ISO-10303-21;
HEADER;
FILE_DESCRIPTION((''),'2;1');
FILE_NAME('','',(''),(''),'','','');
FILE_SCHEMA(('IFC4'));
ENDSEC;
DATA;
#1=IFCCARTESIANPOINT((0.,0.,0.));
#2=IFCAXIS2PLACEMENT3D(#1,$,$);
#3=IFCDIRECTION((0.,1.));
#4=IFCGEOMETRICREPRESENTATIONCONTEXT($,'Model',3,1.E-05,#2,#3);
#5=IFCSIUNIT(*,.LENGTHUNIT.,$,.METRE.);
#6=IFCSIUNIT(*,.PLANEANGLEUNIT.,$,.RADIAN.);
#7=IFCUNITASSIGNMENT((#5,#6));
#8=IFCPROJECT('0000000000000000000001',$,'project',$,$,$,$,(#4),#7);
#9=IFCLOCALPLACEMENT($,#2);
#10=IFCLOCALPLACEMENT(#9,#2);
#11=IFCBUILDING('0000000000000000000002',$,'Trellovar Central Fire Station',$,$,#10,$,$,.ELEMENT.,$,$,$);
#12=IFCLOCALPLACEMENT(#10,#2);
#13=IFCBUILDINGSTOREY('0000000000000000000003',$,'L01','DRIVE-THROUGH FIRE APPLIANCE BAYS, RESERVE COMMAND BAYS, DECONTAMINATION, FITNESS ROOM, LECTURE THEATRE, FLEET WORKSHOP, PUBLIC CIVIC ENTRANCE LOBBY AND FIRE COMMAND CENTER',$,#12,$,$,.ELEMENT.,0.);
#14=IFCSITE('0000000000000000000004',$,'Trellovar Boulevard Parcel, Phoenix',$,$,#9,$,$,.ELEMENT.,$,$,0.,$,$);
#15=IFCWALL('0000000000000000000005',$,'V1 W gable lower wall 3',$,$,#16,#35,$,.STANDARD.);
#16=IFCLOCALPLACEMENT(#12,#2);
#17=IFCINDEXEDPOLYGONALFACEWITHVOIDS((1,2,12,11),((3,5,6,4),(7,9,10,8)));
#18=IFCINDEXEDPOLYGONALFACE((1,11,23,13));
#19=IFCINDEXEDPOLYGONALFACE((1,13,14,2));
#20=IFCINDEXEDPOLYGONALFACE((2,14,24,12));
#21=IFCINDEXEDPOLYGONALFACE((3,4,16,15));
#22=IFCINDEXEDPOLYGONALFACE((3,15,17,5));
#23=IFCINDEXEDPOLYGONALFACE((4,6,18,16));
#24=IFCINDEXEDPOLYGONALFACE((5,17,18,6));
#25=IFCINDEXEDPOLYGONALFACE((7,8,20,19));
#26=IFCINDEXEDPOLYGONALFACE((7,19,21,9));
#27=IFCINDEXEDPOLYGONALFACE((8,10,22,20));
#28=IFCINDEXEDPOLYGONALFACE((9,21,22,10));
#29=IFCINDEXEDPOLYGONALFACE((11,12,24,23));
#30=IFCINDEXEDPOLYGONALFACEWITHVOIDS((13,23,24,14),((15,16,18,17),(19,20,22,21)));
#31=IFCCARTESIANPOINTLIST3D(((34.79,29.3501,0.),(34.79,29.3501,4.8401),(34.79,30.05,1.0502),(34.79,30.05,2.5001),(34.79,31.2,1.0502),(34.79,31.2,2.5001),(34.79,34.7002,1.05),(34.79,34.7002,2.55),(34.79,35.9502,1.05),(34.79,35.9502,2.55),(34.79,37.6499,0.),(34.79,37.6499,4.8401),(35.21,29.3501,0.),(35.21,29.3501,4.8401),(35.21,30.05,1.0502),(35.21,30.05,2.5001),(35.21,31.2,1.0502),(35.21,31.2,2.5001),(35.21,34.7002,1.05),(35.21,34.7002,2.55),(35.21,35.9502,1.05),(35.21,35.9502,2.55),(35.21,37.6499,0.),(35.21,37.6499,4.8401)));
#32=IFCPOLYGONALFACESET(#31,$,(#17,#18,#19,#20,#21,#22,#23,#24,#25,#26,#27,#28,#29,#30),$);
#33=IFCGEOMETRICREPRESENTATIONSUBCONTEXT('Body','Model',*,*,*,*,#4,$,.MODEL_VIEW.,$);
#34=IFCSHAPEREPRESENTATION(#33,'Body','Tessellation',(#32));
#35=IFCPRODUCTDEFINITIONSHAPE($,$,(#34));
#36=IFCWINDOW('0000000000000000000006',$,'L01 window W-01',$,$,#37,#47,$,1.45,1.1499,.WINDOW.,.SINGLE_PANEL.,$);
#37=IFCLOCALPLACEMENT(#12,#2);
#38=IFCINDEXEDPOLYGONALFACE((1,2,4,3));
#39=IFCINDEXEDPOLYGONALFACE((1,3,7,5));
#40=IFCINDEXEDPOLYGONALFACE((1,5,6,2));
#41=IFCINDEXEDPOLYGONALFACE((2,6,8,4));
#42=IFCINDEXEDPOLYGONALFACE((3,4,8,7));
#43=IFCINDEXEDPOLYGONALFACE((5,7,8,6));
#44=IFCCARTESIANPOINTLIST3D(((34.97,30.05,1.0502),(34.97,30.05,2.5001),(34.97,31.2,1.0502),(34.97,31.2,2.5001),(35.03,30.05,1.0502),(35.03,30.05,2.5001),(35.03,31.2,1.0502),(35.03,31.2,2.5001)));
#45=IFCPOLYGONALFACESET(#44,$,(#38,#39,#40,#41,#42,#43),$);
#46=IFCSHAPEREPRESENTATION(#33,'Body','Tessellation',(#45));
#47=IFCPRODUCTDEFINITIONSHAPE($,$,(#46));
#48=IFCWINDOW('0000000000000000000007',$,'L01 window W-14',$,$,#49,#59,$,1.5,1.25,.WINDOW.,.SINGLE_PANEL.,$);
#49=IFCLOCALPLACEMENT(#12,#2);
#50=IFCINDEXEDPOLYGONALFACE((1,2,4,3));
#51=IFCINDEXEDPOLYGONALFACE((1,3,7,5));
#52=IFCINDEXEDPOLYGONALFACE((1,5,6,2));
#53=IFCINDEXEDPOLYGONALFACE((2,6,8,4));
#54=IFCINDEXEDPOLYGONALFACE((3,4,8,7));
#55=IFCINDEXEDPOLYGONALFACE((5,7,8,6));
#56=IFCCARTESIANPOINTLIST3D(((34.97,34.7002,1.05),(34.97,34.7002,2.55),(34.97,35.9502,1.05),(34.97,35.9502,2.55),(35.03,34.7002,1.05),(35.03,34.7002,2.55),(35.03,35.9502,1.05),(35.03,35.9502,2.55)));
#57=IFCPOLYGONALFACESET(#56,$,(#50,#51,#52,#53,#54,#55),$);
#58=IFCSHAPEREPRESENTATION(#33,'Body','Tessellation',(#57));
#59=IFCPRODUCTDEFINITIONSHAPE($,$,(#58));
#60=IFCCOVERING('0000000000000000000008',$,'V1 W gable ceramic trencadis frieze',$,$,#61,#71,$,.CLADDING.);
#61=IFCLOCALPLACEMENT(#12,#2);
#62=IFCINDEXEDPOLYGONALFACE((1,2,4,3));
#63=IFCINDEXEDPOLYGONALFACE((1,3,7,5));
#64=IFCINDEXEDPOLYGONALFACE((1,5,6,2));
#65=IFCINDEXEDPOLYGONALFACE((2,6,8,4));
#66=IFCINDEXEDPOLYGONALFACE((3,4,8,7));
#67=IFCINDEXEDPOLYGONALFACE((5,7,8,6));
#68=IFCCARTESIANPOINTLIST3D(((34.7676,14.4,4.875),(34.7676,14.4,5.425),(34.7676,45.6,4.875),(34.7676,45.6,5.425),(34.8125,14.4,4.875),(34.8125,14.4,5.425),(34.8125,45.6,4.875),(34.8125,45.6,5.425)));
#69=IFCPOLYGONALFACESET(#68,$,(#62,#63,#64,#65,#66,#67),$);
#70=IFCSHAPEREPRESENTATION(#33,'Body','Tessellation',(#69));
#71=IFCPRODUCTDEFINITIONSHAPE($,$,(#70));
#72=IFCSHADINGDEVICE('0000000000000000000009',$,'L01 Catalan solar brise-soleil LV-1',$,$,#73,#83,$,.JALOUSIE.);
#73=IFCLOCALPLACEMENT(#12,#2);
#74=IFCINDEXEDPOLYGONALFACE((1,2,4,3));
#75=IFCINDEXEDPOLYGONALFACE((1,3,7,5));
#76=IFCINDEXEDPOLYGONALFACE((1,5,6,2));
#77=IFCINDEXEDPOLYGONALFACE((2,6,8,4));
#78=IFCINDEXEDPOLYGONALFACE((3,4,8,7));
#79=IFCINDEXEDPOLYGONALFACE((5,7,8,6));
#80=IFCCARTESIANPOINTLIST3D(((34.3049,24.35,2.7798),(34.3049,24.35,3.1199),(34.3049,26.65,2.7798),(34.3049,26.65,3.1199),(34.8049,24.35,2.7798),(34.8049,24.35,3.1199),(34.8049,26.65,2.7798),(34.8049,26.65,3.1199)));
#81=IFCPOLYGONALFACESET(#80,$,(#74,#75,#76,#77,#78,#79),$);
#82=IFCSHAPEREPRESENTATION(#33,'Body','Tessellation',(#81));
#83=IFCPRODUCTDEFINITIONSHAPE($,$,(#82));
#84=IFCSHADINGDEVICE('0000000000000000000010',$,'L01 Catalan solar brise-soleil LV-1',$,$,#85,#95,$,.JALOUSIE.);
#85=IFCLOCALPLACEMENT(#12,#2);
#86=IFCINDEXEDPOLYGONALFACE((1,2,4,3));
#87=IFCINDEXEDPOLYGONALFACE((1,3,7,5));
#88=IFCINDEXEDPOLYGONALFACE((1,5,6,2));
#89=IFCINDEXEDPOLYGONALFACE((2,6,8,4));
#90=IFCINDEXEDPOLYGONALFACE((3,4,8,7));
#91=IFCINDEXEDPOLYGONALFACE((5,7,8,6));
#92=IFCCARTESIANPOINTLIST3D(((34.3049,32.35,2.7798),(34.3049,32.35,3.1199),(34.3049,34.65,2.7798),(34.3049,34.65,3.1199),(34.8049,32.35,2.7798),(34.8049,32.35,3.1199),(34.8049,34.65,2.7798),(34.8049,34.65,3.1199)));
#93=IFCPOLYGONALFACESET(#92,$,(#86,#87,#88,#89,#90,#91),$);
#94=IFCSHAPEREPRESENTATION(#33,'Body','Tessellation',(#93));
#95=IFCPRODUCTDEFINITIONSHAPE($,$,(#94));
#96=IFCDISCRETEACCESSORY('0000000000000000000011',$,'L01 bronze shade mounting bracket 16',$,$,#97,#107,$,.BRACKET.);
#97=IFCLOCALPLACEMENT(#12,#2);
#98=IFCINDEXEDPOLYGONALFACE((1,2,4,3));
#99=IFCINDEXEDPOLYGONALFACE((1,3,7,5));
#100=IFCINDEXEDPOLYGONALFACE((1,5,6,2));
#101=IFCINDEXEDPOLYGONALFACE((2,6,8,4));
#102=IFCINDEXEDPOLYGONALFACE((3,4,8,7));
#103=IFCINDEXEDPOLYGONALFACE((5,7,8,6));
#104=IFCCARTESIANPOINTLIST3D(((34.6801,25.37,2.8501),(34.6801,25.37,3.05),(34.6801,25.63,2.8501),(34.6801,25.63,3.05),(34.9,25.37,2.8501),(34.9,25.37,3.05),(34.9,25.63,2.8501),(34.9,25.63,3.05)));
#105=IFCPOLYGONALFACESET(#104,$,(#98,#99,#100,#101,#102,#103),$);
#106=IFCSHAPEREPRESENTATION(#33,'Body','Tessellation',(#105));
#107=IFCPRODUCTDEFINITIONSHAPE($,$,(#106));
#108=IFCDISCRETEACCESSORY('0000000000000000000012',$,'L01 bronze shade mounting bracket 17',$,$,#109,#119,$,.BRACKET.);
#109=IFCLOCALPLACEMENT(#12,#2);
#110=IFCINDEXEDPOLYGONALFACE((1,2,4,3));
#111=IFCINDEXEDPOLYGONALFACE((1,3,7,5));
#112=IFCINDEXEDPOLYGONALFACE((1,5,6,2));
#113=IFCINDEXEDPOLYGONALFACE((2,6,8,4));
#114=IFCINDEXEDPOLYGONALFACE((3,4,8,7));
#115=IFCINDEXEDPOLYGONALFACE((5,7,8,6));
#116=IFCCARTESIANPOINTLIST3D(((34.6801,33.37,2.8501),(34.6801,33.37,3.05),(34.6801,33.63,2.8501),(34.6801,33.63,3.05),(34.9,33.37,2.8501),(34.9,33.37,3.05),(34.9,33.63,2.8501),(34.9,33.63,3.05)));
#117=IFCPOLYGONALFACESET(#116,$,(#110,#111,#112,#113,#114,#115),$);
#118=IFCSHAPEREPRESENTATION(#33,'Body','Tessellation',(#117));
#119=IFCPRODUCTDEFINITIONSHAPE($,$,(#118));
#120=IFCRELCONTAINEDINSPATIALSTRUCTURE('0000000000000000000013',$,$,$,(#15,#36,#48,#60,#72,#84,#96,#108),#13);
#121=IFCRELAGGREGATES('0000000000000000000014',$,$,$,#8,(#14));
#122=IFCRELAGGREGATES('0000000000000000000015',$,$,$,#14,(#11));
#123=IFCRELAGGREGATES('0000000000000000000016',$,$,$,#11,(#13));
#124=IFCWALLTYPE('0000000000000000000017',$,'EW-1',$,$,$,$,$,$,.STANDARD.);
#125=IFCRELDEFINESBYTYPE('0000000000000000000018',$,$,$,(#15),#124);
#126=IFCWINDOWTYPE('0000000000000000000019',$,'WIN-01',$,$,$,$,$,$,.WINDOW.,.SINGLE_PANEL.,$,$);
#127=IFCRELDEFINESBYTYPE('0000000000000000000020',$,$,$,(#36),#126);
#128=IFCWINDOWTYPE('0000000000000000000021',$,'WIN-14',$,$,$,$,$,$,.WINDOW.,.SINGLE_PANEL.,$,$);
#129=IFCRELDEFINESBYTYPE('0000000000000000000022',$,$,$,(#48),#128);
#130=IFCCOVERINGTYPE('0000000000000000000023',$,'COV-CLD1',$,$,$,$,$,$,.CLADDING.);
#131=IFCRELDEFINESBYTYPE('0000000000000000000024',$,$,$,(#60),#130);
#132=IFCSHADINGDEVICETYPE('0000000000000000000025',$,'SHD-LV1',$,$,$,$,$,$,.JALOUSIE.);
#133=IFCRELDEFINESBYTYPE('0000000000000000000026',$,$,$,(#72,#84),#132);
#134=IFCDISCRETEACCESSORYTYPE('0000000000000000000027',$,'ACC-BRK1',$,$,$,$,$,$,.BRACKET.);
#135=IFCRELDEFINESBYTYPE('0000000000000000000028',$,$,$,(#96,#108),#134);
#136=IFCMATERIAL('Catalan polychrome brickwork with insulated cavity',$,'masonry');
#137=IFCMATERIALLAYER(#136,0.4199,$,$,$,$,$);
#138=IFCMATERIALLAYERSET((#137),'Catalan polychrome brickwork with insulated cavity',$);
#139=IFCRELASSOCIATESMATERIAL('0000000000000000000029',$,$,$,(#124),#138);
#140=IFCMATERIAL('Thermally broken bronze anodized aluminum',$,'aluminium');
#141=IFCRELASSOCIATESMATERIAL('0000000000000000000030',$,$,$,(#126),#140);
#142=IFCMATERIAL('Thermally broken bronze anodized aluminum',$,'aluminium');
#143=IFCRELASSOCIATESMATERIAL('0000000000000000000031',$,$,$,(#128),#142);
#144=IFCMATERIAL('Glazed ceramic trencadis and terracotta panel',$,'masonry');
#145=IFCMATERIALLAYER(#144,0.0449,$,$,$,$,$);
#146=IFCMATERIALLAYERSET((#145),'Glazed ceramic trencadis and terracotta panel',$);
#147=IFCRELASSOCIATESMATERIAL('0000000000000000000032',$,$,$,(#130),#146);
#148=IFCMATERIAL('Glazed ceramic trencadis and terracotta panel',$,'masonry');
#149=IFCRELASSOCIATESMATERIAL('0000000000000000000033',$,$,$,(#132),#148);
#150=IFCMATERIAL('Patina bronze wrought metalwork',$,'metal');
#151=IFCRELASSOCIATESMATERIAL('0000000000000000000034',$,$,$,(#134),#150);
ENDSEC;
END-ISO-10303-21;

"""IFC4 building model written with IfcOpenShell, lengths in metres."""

from ifc_helpers import new_model, si_unit, direction, frame, frame_2d, origin, origin_2d, place, context, subcontext, project, spatial, rectangle, extrude, material, layer, layer_set, type_object, element, fill, save


model = new_model("IFC4")

# Units and contexts
model_context = context("Model", 3, precision=1e-05, world=origin(), true_north=direction((0.0, 1.0)))
body_context = subcontext(model_context, "Body", "Model", "MODEL_VIEW")
ifc_project = project(units=[si_unit("LENGTHUNIT", "METRE"), si_unit("PLANEANGLEUNIT", "RADIAN")], contexts=[model_context])

# Site, building, storey
site_placement = place(None, origin())
site = spatial("IfcSite", under=ifc_project, at=site_placement, Name="Trellovar Boulevard Parcel, Phoenix", CompositionType="ELEMENT", RefElevation=0.0)
building_placement = place(site_placement, origin())
building = spatial("IfcBuilding", under=site, at=building_placement, Name="Trellovar Central Fire Station", CompositionType="ELEMENT")
storey_placement = place(building_placement, origin())
storey = spatial("IfcBuildingStorey", under=building, at=storey_placement, Name="L01", Description="DRIVE-THROUGH FIRE APPLIANCE BAYS, RESERVE COMMAND BAYS, DECONTAMINATION, FITNESS ROOM, LECTURE THEATRE, FLEET WORKSHOP, PUBLIC CIVIC ENTRANCE LOBBY AND FIRE COMMAND CENTER", CompositionType="ELEMENT", Elevation=0.0)

# Wall, openings, windows
ifc_material_1 = material(Name="Catalan polychrome brickwork with insulated cavity", Category="masonry")
ifc_layer_1 = layer(ifc_material_1, 0.4199)
ifc_layer_set_1 = layer_set([ifc_layer_1], Name="Catalan polychrome brickwork with insulated cavity")
wall_type = type_object("IfcWallType", Name="EW-1", PredefinedType="STANDARD", material=ifc_layer_set_1)
wall_placement = place(storey_placement, frame((35.0, 29.3501, 0.0), z_axis=(0.0, 0.0, 1.0), x_axis=(0.0, 1.0, 0.0)))
wall = element("IfcWall", 1, at=wall_placement, inside=storey, type_object=wall_type, Name="V1 W gable lower wall 3", PredefinedType="STANDARD", context=body_context, shape_type="SweptSolid", body=[
    extrude(rectangle(XDim=8.2998, YDim=0.4199, at=frame_2d((4.1499, 0.0))), origin(), (0.0, 0.0, 1.0), 4.8401),
])
opening_1_placement = place(wall_placement, frame((0.7, 0.0, 1.05)))
opening_1 = element("IfcOpeningElement", 2, at=opening_1_placement, cuts=wall, PredefinedType="OPENING", context=body_context, shape_type="SweptSolid", body=[
    extrude(rectangle(XDim=1.1499, YDim=1.45, at=frame_2d((0.575, 0.7251))), frame((0.0, 0.22, 0.0), z_axis=(0.0, -1.0, 0.0), x_axis=(1.0, 0.0, 0.0)), (0.0, 0.0, 1.0), 0.4399),
])
opening_2_placement = place(wall_placement, frame((5.3501, 0.0, 1.05)))
opening_2 = element("IfcOpeningElement", 3, at=opening_2_placement, cuts=wall, PredefinedType="OPENING", context=body_context, shape_type="SweptSolid", body=[
    extrude(rectangle(XDim=1.25, YDim=1.5, at=frame_2d((0.625, 0.75))), frame((0.0, 0.22, 0.0), z_axis=(0.0, -1.0, 0.0), x_axis=(1.0, 0.0, 0.0)), (0.0, 0.0, 1.0), 0.4399),
])
ifc_material_2 = material(Name="Thermally broken bronze anodized aluminum", Category="aluminium")
window_type_1 = type_object("IfcWindowType", Name="WIN-01", PartitioningType="SINGLE_PANEL", PredefinedType="WINDOW", material=ifc_material_2)
window_1_placement = place(opening_1_placement, origin())
window_1 = element("IfcWindow", 4, at=window_1_placement, inside=storey, type_object=window_type_1, Name="L01 window W-01", OverallHeight=1.45, OverallWidth=1.1499, PartitioningType="SINGLE_PANEL", PredefinedType="WINDOW", context=body_context, shape_type="SweptSolid", body=[
    extrude(rectangle(XDim=1.1499, YDim=1.45, at=frame_2d((0.575, 0.7251))), frame((0.0, 0.03, 0.0), z_axis=(0.0, -1.0, 0.0), x_axis=(1.0, 0.0, 0.0)), (0.0, 0.0, 1.0), 0.0601),
])
fill(opening_1, window_1)
ifc_material_3 = material(Name="Thermally broken bronze anodized aluminum", Category="aluminium")
window_type_2 = type_object("IfcWindowType", Name="WIN-14", PartitioningType="SINGLE_PANEL", PredefinedType="WINDOW", material=ifc_material_3)
window_2_placement = place(opening_2_placement, origin())
window_2 = element("IfcWindow", 5, at=window_2_placement, inside=storey, type_object=window_type_2, Name="L01 window W-14", OverallHeight=1.5, OverallWidth=1.25, PartitioningType="SINGLE_PANEL", PredefinedType="WINDOW", context=body_context, shape_type="SweptSolid", body=[
    extrude(rectangle(XDim=1.25, YDim=1.5, at=frame_2d((0.625, 0.75))), frame((0.0, 0.03, 0.0), z_axis=(0.0, -1.0, 0.0), x_axis=(1.0, 0.0, 0.0)), (0.0, 0.0, 1.0), 0.0601),
])
fill(opening_2, window_2)

# Covering
ifc_material_4 = material(Name="Glazed ceramic trencadis and terracotta panel", Category="masonry")
ifc_layer_2 = layer(ifc_material_4, 0.0449)
ifc_layer_set_2 = layer_set([ifc_layer_2], Name="Glazed ceramic trencadis and terracotta panel")
covering_type = type_object("IfcCoveringType", Name="COV-CLD1", PredefinedType="CLADDING", material=ifc_layer_set_2)
covering_placement = place(storey_placement, frame((34.79, 30.0, 4.875), z_axis=(0.0, 0.0, 1.0), x_axis=(1.0, 0.0, 0.0)))
element("IfcCovering", 6, at=covering_placement, inside=storey, type_object=covering_type, Name="V1 W gable ceramic trencadis frieze", PredefinedType="CLADDING", context=body_context, shape_type="SweptSolid", body=[
    extrude(rectangle(XDim=0.0449, YDim=31.2, at=origin_2d()), origin(), (0.0, 0.0, 1.0), 0.55),
])

# Shading devices
ifc_material_5 = material(Name="Glazed ceramic trencadis and terracotta panel", Category="masonry")
shading_device_type = type_object("IfcShadingDeviceType", Name="SHD-LV1", PredefinedType="JALOUSIE", material=ifc_material_5)
for number, where, z_axis, x_axis, name in (
    (7, (34.5549, 25.5, 2.7798), (0.0, 0.0, 1.0), (0.0, 1.0, 0.0), "L01 Catalan solar brise-soleil LV-1"),
    (8, (34.5549, 33.5, 2.7798), (0.0, 0.0, 1.0), (0.0, 1.0, 0.0), "L01 Catalan solar brise-soleil LV-1"),
):
    element("IfcShadingDevice", number, at=place(storey_placement, frame(where, z_axis=z_axis, x_axis=x_axis)), inside=storey, type_object=shading_device_type, Name=name, PredefinedType="JALOUSIE", context=body_context, shape_type="SweptSolid", body=[
        extrude(rectangle(XDim=2.3, YDim=0.5, at=origin_2d()), origin(), (0.0, 0.0, 1.0), 0.3401),
    ])

# Discrete accessories
ifc_material_6 = material(Name="Patina bronze wrought metalwork", Category="metal")
discrete_accessory_type = type_object("IfcDiscreteAccessoryType", Name="ACC-BRK1", PredefinedType="BRACKET", material=ifc_material_6)
for number, where, z_axis, x_axis, name in (
    (9, (34.79, 25.5, 2.8501), (0.0, 0.0, 1.0), (0.0, 1.0, 0.0), "L01 bronze shade mounting bracket 16"),
    (10, (34.79, 33.5, 2.8501), (0.0, 0.0, 1.0), (0.0, 1.0, 0.0), "L01 bronze shade mounting bracket 17"),
):
    element("IfcDiscreteAccessory", number, at=place(storey_placement, frame(where, z_axis=z_axis, x_axis=x_axis)), inside=storey, type_object=discrete_accessory_type, Name=name, PredefinedType="BRACKET", context=body_context, shape_type="SweptSolid", body=[
        extrude(rectangle(XDim=0.26, YDim=0.22, at=origin_2d()), origin(), (0.0, 0.0, 1.0), 0.2),
    ])

save(model, "model.ifc")
